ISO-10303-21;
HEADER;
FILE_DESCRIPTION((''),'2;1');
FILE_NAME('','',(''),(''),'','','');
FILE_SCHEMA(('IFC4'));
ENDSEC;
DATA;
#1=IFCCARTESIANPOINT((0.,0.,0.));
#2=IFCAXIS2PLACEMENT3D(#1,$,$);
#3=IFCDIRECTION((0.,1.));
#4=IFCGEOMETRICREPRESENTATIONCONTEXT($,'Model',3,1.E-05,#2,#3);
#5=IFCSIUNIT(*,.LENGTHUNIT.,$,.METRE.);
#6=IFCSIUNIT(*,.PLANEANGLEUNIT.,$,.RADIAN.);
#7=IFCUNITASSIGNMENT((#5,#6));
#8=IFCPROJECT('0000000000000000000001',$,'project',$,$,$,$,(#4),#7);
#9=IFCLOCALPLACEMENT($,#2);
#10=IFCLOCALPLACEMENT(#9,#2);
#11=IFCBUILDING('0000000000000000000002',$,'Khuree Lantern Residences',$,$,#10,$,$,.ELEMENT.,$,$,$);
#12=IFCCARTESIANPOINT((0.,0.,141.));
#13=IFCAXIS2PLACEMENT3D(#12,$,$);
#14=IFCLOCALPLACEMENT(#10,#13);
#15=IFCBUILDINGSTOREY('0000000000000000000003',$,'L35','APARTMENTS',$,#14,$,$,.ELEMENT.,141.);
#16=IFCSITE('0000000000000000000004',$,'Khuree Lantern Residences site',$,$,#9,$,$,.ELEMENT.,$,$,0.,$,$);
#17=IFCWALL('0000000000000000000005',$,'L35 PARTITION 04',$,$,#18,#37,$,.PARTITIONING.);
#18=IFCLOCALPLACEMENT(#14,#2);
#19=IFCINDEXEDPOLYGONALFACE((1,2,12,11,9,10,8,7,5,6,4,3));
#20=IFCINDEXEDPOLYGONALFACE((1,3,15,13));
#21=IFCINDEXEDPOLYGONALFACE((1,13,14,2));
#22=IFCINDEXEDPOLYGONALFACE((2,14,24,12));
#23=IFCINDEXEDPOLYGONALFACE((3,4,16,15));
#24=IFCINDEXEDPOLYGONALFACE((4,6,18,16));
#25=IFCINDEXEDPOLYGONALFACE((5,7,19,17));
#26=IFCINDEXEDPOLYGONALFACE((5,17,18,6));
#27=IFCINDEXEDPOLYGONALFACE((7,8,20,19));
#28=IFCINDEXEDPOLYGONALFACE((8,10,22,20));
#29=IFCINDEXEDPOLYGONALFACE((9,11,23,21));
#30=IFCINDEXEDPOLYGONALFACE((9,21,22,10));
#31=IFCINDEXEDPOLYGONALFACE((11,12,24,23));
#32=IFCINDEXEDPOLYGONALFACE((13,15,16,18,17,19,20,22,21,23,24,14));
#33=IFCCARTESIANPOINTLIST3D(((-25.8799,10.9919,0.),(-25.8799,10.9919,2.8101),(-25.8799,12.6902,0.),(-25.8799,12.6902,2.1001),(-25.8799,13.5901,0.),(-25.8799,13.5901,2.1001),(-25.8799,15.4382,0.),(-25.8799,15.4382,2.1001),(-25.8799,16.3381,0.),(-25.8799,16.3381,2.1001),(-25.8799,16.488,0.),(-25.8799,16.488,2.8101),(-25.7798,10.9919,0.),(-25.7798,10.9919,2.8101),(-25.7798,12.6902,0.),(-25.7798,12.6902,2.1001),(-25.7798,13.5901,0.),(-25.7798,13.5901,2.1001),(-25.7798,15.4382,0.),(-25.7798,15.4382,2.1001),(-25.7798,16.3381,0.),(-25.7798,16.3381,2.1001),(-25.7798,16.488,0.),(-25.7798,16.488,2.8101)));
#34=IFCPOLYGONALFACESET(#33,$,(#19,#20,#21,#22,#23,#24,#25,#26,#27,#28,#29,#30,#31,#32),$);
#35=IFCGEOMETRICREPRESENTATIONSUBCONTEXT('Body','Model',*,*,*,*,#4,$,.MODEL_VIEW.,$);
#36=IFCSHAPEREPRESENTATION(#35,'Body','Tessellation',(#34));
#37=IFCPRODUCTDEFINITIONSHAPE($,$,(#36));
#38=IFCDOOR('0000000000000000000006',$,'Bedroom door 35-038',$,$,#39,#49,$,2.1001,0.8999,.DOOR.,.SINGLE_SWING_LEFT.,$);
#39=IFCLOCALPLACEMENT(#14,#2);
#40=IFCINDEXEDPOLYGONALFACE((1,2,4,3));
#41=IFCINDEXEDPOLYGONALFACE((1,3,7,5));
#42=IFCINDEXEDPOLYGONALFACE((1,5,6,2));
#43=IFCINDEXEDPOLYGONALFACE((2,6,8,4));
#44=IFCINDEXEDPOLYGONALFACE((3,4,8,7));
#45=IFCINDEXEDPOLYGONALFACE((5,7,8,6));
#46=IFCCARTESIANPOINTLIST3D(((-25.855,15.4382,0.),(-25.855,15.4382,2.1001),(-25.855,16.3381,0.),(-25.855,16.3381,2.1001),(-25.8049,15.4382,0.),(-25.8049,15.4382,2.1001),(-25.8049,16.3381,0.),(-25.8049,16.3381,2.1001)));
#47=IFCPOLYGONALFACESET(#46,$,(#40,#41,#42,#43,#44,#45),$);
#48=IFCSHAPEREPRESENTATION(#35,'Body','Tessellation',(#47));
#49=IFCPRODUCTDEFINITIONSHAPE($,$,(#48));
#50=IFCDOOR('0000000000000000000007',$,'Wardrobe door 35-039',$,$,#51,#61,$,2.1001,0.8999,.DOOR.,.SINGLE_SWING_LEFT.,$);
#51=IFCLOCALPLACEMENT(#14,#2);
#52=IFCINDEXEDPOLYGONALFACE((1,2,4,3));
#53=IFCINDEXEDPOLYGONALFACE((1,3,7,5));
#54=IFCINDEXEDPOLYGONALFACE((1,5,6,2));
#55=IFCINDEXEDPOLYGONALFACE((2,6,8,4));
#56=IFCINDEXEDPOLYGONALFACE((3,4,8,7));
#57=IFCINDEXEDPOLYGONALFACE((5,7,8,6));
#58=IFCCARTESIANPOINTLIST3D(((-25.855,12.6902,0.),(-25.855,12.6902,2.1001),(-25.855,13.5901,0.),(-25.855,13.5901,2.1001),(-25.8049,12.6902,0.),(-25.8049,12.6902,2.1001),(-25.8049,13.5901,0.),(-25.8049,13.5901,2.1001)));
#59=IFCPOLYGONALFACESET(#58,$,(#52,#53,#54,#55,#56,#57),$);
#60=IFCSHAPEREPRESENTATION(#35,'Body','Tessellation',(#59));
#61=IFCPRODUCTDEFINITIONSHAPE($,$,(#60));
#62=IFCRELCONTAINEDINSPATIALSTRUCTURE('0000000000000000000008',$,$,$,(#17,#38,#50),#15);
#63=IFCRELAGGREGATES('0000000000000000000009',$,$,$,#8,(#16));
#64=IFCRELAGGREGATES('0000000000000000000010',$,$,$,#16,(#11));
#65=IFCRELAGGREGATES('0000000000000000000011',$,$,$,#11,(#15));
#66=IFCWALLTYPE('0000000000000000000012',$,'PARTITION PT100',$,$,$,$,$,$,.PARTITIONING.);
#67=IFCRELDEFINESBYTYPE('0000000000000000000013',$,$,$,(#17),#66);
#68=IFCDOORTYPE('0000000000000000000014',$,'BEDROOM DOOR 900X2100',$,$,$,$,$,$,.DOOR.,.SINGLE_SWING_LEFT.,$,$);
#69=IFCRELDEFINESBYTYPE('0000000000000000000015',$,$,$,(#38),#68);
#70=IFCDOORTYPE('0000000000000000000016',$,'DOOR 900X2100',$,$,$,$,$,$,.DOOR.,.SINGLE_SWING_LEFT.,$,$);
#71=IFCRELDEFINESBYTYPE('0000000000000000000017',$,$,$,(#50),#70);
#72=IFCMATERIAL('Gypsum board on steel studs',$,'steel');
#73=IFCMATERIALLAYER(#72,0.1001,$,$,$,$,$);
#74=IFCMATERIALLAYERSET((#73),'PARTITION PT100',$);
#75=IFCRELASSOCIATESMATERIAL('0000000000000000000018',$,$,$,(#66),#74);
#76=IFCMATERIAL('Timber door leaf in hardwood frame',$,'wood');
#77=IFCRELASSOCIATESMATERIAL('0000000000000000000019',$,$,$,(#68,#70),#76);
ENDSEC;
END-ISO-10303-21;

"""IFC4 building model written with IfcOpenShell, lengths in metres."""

from ifc_helpers import new_model, si_unit, direction, frame, frame_2d, origin, place, context, subcontext, project, spatial, rectangle, extrude, material, layer, layer_set, type_object, element, fill, save


model = new_model("IFC4")

# Units and contexts
model_context = context("Model", 3, precision=1e-05, world=origin(), true_north=direction((0.0, 1.0)))
body_context = subcontext(model_context, "Body", "Model", "MODEL_VIEW")
ifc_project = project(units=[si_unit("LENGTHUNIT", "METRE"), si_unit("PLANEANGLEUNIT", "RADIAN")], contexts=[model_context])

# Site, building, storey
site_placement = place(None, origin())
site = spatial("IfcSite", under=ifc_project, at=site_placement, Name="Khuree Lantern Residences site", CompositionType="ELEMENT", RefElevation=0.0)
building_placement = place(site_placement, origin())
building = spatial("IfcBuilding", under=site, at=building_placement, Name="Khuree Lantern Residences", CompositionType="ELEMENT")
storey_placement = place(building_placement, frame((0.0, 0.0, 141.0)))
storey = spatial("IfcBuildingStorey", under=building, at=storey_placement, Name="L35", Description="APARTMENTS", CompositionType="ELEMENT", Elevation=141.0)

# Shared definitions
ifc_material_1 = material(Name="Gypsum board on steel studs", Category="steel")
ifc_layer_1 = layer(ifc_material_1, 0.1001)
ifc_layer_set_1 = layer_set([ifc_layer_1], Name="PARTITION PT100")
wall_type = type_object("IfcWallType", Name="PARTITION PT100", PredefinedType="PARTITIONING", material=ifc_layer_set_1)

# Wall, openings, doors
wall_1_placement = place(storey_placement, frame((-25.8298, 16.488, 0.0), z_axis=(0.0, 0.0, 1.0), x_axis=(0.0, -1.0, 0.0)))
wall_1 = element("IfcWall", 1, at=wall_1_placement, inside=storey, type_object=wall_type, Name="L35 PARTITION 04", PredefinedType="PARTITIONING", context=body_context, shape_type="SweptSolid", body=[
    extrude(rectangle(XDim=5.4961, YDim=0.1001, at=frame_2d((2.748, 0.0))), origin(), (0.0, 0.0, 1.0), 2.8101),
])
opening_1_placement = place(wall_1_placement, frame((0.1499, 0.0, 0.0)))
opening_1 = element("IfcOpeningElement", 2, at=opening_1_placement, cuts=wall_1, PredefinedType="OPENING", context=body_context, shape_type="SweptSolid", body=[
    extrude(rectangle(XDim=0.8999, YDim=2.1001, at=frame_2d((0.45, 1.05))), frame((0.0, 0.0601, 0.0), z_axis=(0.0, -1.0, 0.0), x_axis=(1.0, 0.0, 0.0)), (0.0, 0.0, 1.0), 0.1201),
])
opening_2_placement = place(wall_1_placement, frame((2.8979, 0.0, 0.0)))
opening_2 = element("IfcOpeningElement", 3, at=opening_2_placement, cuts=wall_1, PredefinedType="OPENING", context=body_context, shape_type="SweptSolid", body=[
    extrude(rectangle(XDim=0.8999, YDim=2.1001, at=frame_2d((0.45, 1.05))), frame((0.0, 0.0601, 0.0), z_axis=(0.0, -1.0, 0.0), x_axis=(1.0, 0.0, 0.0)), (0.0, 0.0, 1.0), 0.1201),
])
ifc_material_2 = material(Name="Timber door leaf in hardwood frame", Category="wood")
door_type_1 = type_object("IfcDoorType", Name="BEDROOM DOOR 900X2100", OperationType="SINGLE_SWING_LEFT", PredefinedType="DOOR", material=ifc_material_2)
door_1_placement = place(opening_1_placement, origin())
door_1 = element("IfcDoor", 4, at=door_1_placement, inside=storey, type_object=door_type_1, Name="Bedroom door 35-038", OperationType="SINGLE_SWING_LEFT", OverallHeight=2.1001, OverallWidth=0.8999, PredefinedType="DOOR", context=body_context, shape_type="SweptSolid", body=[
    extrude(rectangle(XDim=0.8999, YDim=2.1001, at=frame_2d((0.45, 1.05))), frame((0.0, 0.0249, 0.0), z_axis=(0.0, -1.0, 0.0), x_axis=(1.0, 0.0, 0.0)), (0.0, 0.0, 1.0), 0.05),
])
fill(opening_1, door_1)
door_type_2 = type_object("IfcDoorType", Name="DOOR 900X2100", OperationType="SINGLE_SWING_LEFT", PredefinedType="DOOR", material=ifc_material_2)
door_2_placement = place(opening_2_placement, origin())
door_2 = element("IfcDoor", 5, at=door_2_placement, inside=storey, type_object=door_type_2, Name="Wardrobe door 35-039", OperationType="SINGLE_SWING_LEFT", OverallHeight=2.1001, OverallWidth=0.8999, PredefinedType="DOOR", context=body_context, shape_type="SweptSolid", body=[
    extrude(rectangle(XDim=0.8999, YDim=2.1001, at=frame_2d((0.45, 1.05))), frame((0.0, 0.0249, 0.0), z_axis=(0.0, -1.0, 0.0), x_axis=(1.0, 0.0, 0.0)), (0.0, 0.0, 1.0), 0.05),
])
fill(opening_2, door_2)

save(model, "model.ifc")
